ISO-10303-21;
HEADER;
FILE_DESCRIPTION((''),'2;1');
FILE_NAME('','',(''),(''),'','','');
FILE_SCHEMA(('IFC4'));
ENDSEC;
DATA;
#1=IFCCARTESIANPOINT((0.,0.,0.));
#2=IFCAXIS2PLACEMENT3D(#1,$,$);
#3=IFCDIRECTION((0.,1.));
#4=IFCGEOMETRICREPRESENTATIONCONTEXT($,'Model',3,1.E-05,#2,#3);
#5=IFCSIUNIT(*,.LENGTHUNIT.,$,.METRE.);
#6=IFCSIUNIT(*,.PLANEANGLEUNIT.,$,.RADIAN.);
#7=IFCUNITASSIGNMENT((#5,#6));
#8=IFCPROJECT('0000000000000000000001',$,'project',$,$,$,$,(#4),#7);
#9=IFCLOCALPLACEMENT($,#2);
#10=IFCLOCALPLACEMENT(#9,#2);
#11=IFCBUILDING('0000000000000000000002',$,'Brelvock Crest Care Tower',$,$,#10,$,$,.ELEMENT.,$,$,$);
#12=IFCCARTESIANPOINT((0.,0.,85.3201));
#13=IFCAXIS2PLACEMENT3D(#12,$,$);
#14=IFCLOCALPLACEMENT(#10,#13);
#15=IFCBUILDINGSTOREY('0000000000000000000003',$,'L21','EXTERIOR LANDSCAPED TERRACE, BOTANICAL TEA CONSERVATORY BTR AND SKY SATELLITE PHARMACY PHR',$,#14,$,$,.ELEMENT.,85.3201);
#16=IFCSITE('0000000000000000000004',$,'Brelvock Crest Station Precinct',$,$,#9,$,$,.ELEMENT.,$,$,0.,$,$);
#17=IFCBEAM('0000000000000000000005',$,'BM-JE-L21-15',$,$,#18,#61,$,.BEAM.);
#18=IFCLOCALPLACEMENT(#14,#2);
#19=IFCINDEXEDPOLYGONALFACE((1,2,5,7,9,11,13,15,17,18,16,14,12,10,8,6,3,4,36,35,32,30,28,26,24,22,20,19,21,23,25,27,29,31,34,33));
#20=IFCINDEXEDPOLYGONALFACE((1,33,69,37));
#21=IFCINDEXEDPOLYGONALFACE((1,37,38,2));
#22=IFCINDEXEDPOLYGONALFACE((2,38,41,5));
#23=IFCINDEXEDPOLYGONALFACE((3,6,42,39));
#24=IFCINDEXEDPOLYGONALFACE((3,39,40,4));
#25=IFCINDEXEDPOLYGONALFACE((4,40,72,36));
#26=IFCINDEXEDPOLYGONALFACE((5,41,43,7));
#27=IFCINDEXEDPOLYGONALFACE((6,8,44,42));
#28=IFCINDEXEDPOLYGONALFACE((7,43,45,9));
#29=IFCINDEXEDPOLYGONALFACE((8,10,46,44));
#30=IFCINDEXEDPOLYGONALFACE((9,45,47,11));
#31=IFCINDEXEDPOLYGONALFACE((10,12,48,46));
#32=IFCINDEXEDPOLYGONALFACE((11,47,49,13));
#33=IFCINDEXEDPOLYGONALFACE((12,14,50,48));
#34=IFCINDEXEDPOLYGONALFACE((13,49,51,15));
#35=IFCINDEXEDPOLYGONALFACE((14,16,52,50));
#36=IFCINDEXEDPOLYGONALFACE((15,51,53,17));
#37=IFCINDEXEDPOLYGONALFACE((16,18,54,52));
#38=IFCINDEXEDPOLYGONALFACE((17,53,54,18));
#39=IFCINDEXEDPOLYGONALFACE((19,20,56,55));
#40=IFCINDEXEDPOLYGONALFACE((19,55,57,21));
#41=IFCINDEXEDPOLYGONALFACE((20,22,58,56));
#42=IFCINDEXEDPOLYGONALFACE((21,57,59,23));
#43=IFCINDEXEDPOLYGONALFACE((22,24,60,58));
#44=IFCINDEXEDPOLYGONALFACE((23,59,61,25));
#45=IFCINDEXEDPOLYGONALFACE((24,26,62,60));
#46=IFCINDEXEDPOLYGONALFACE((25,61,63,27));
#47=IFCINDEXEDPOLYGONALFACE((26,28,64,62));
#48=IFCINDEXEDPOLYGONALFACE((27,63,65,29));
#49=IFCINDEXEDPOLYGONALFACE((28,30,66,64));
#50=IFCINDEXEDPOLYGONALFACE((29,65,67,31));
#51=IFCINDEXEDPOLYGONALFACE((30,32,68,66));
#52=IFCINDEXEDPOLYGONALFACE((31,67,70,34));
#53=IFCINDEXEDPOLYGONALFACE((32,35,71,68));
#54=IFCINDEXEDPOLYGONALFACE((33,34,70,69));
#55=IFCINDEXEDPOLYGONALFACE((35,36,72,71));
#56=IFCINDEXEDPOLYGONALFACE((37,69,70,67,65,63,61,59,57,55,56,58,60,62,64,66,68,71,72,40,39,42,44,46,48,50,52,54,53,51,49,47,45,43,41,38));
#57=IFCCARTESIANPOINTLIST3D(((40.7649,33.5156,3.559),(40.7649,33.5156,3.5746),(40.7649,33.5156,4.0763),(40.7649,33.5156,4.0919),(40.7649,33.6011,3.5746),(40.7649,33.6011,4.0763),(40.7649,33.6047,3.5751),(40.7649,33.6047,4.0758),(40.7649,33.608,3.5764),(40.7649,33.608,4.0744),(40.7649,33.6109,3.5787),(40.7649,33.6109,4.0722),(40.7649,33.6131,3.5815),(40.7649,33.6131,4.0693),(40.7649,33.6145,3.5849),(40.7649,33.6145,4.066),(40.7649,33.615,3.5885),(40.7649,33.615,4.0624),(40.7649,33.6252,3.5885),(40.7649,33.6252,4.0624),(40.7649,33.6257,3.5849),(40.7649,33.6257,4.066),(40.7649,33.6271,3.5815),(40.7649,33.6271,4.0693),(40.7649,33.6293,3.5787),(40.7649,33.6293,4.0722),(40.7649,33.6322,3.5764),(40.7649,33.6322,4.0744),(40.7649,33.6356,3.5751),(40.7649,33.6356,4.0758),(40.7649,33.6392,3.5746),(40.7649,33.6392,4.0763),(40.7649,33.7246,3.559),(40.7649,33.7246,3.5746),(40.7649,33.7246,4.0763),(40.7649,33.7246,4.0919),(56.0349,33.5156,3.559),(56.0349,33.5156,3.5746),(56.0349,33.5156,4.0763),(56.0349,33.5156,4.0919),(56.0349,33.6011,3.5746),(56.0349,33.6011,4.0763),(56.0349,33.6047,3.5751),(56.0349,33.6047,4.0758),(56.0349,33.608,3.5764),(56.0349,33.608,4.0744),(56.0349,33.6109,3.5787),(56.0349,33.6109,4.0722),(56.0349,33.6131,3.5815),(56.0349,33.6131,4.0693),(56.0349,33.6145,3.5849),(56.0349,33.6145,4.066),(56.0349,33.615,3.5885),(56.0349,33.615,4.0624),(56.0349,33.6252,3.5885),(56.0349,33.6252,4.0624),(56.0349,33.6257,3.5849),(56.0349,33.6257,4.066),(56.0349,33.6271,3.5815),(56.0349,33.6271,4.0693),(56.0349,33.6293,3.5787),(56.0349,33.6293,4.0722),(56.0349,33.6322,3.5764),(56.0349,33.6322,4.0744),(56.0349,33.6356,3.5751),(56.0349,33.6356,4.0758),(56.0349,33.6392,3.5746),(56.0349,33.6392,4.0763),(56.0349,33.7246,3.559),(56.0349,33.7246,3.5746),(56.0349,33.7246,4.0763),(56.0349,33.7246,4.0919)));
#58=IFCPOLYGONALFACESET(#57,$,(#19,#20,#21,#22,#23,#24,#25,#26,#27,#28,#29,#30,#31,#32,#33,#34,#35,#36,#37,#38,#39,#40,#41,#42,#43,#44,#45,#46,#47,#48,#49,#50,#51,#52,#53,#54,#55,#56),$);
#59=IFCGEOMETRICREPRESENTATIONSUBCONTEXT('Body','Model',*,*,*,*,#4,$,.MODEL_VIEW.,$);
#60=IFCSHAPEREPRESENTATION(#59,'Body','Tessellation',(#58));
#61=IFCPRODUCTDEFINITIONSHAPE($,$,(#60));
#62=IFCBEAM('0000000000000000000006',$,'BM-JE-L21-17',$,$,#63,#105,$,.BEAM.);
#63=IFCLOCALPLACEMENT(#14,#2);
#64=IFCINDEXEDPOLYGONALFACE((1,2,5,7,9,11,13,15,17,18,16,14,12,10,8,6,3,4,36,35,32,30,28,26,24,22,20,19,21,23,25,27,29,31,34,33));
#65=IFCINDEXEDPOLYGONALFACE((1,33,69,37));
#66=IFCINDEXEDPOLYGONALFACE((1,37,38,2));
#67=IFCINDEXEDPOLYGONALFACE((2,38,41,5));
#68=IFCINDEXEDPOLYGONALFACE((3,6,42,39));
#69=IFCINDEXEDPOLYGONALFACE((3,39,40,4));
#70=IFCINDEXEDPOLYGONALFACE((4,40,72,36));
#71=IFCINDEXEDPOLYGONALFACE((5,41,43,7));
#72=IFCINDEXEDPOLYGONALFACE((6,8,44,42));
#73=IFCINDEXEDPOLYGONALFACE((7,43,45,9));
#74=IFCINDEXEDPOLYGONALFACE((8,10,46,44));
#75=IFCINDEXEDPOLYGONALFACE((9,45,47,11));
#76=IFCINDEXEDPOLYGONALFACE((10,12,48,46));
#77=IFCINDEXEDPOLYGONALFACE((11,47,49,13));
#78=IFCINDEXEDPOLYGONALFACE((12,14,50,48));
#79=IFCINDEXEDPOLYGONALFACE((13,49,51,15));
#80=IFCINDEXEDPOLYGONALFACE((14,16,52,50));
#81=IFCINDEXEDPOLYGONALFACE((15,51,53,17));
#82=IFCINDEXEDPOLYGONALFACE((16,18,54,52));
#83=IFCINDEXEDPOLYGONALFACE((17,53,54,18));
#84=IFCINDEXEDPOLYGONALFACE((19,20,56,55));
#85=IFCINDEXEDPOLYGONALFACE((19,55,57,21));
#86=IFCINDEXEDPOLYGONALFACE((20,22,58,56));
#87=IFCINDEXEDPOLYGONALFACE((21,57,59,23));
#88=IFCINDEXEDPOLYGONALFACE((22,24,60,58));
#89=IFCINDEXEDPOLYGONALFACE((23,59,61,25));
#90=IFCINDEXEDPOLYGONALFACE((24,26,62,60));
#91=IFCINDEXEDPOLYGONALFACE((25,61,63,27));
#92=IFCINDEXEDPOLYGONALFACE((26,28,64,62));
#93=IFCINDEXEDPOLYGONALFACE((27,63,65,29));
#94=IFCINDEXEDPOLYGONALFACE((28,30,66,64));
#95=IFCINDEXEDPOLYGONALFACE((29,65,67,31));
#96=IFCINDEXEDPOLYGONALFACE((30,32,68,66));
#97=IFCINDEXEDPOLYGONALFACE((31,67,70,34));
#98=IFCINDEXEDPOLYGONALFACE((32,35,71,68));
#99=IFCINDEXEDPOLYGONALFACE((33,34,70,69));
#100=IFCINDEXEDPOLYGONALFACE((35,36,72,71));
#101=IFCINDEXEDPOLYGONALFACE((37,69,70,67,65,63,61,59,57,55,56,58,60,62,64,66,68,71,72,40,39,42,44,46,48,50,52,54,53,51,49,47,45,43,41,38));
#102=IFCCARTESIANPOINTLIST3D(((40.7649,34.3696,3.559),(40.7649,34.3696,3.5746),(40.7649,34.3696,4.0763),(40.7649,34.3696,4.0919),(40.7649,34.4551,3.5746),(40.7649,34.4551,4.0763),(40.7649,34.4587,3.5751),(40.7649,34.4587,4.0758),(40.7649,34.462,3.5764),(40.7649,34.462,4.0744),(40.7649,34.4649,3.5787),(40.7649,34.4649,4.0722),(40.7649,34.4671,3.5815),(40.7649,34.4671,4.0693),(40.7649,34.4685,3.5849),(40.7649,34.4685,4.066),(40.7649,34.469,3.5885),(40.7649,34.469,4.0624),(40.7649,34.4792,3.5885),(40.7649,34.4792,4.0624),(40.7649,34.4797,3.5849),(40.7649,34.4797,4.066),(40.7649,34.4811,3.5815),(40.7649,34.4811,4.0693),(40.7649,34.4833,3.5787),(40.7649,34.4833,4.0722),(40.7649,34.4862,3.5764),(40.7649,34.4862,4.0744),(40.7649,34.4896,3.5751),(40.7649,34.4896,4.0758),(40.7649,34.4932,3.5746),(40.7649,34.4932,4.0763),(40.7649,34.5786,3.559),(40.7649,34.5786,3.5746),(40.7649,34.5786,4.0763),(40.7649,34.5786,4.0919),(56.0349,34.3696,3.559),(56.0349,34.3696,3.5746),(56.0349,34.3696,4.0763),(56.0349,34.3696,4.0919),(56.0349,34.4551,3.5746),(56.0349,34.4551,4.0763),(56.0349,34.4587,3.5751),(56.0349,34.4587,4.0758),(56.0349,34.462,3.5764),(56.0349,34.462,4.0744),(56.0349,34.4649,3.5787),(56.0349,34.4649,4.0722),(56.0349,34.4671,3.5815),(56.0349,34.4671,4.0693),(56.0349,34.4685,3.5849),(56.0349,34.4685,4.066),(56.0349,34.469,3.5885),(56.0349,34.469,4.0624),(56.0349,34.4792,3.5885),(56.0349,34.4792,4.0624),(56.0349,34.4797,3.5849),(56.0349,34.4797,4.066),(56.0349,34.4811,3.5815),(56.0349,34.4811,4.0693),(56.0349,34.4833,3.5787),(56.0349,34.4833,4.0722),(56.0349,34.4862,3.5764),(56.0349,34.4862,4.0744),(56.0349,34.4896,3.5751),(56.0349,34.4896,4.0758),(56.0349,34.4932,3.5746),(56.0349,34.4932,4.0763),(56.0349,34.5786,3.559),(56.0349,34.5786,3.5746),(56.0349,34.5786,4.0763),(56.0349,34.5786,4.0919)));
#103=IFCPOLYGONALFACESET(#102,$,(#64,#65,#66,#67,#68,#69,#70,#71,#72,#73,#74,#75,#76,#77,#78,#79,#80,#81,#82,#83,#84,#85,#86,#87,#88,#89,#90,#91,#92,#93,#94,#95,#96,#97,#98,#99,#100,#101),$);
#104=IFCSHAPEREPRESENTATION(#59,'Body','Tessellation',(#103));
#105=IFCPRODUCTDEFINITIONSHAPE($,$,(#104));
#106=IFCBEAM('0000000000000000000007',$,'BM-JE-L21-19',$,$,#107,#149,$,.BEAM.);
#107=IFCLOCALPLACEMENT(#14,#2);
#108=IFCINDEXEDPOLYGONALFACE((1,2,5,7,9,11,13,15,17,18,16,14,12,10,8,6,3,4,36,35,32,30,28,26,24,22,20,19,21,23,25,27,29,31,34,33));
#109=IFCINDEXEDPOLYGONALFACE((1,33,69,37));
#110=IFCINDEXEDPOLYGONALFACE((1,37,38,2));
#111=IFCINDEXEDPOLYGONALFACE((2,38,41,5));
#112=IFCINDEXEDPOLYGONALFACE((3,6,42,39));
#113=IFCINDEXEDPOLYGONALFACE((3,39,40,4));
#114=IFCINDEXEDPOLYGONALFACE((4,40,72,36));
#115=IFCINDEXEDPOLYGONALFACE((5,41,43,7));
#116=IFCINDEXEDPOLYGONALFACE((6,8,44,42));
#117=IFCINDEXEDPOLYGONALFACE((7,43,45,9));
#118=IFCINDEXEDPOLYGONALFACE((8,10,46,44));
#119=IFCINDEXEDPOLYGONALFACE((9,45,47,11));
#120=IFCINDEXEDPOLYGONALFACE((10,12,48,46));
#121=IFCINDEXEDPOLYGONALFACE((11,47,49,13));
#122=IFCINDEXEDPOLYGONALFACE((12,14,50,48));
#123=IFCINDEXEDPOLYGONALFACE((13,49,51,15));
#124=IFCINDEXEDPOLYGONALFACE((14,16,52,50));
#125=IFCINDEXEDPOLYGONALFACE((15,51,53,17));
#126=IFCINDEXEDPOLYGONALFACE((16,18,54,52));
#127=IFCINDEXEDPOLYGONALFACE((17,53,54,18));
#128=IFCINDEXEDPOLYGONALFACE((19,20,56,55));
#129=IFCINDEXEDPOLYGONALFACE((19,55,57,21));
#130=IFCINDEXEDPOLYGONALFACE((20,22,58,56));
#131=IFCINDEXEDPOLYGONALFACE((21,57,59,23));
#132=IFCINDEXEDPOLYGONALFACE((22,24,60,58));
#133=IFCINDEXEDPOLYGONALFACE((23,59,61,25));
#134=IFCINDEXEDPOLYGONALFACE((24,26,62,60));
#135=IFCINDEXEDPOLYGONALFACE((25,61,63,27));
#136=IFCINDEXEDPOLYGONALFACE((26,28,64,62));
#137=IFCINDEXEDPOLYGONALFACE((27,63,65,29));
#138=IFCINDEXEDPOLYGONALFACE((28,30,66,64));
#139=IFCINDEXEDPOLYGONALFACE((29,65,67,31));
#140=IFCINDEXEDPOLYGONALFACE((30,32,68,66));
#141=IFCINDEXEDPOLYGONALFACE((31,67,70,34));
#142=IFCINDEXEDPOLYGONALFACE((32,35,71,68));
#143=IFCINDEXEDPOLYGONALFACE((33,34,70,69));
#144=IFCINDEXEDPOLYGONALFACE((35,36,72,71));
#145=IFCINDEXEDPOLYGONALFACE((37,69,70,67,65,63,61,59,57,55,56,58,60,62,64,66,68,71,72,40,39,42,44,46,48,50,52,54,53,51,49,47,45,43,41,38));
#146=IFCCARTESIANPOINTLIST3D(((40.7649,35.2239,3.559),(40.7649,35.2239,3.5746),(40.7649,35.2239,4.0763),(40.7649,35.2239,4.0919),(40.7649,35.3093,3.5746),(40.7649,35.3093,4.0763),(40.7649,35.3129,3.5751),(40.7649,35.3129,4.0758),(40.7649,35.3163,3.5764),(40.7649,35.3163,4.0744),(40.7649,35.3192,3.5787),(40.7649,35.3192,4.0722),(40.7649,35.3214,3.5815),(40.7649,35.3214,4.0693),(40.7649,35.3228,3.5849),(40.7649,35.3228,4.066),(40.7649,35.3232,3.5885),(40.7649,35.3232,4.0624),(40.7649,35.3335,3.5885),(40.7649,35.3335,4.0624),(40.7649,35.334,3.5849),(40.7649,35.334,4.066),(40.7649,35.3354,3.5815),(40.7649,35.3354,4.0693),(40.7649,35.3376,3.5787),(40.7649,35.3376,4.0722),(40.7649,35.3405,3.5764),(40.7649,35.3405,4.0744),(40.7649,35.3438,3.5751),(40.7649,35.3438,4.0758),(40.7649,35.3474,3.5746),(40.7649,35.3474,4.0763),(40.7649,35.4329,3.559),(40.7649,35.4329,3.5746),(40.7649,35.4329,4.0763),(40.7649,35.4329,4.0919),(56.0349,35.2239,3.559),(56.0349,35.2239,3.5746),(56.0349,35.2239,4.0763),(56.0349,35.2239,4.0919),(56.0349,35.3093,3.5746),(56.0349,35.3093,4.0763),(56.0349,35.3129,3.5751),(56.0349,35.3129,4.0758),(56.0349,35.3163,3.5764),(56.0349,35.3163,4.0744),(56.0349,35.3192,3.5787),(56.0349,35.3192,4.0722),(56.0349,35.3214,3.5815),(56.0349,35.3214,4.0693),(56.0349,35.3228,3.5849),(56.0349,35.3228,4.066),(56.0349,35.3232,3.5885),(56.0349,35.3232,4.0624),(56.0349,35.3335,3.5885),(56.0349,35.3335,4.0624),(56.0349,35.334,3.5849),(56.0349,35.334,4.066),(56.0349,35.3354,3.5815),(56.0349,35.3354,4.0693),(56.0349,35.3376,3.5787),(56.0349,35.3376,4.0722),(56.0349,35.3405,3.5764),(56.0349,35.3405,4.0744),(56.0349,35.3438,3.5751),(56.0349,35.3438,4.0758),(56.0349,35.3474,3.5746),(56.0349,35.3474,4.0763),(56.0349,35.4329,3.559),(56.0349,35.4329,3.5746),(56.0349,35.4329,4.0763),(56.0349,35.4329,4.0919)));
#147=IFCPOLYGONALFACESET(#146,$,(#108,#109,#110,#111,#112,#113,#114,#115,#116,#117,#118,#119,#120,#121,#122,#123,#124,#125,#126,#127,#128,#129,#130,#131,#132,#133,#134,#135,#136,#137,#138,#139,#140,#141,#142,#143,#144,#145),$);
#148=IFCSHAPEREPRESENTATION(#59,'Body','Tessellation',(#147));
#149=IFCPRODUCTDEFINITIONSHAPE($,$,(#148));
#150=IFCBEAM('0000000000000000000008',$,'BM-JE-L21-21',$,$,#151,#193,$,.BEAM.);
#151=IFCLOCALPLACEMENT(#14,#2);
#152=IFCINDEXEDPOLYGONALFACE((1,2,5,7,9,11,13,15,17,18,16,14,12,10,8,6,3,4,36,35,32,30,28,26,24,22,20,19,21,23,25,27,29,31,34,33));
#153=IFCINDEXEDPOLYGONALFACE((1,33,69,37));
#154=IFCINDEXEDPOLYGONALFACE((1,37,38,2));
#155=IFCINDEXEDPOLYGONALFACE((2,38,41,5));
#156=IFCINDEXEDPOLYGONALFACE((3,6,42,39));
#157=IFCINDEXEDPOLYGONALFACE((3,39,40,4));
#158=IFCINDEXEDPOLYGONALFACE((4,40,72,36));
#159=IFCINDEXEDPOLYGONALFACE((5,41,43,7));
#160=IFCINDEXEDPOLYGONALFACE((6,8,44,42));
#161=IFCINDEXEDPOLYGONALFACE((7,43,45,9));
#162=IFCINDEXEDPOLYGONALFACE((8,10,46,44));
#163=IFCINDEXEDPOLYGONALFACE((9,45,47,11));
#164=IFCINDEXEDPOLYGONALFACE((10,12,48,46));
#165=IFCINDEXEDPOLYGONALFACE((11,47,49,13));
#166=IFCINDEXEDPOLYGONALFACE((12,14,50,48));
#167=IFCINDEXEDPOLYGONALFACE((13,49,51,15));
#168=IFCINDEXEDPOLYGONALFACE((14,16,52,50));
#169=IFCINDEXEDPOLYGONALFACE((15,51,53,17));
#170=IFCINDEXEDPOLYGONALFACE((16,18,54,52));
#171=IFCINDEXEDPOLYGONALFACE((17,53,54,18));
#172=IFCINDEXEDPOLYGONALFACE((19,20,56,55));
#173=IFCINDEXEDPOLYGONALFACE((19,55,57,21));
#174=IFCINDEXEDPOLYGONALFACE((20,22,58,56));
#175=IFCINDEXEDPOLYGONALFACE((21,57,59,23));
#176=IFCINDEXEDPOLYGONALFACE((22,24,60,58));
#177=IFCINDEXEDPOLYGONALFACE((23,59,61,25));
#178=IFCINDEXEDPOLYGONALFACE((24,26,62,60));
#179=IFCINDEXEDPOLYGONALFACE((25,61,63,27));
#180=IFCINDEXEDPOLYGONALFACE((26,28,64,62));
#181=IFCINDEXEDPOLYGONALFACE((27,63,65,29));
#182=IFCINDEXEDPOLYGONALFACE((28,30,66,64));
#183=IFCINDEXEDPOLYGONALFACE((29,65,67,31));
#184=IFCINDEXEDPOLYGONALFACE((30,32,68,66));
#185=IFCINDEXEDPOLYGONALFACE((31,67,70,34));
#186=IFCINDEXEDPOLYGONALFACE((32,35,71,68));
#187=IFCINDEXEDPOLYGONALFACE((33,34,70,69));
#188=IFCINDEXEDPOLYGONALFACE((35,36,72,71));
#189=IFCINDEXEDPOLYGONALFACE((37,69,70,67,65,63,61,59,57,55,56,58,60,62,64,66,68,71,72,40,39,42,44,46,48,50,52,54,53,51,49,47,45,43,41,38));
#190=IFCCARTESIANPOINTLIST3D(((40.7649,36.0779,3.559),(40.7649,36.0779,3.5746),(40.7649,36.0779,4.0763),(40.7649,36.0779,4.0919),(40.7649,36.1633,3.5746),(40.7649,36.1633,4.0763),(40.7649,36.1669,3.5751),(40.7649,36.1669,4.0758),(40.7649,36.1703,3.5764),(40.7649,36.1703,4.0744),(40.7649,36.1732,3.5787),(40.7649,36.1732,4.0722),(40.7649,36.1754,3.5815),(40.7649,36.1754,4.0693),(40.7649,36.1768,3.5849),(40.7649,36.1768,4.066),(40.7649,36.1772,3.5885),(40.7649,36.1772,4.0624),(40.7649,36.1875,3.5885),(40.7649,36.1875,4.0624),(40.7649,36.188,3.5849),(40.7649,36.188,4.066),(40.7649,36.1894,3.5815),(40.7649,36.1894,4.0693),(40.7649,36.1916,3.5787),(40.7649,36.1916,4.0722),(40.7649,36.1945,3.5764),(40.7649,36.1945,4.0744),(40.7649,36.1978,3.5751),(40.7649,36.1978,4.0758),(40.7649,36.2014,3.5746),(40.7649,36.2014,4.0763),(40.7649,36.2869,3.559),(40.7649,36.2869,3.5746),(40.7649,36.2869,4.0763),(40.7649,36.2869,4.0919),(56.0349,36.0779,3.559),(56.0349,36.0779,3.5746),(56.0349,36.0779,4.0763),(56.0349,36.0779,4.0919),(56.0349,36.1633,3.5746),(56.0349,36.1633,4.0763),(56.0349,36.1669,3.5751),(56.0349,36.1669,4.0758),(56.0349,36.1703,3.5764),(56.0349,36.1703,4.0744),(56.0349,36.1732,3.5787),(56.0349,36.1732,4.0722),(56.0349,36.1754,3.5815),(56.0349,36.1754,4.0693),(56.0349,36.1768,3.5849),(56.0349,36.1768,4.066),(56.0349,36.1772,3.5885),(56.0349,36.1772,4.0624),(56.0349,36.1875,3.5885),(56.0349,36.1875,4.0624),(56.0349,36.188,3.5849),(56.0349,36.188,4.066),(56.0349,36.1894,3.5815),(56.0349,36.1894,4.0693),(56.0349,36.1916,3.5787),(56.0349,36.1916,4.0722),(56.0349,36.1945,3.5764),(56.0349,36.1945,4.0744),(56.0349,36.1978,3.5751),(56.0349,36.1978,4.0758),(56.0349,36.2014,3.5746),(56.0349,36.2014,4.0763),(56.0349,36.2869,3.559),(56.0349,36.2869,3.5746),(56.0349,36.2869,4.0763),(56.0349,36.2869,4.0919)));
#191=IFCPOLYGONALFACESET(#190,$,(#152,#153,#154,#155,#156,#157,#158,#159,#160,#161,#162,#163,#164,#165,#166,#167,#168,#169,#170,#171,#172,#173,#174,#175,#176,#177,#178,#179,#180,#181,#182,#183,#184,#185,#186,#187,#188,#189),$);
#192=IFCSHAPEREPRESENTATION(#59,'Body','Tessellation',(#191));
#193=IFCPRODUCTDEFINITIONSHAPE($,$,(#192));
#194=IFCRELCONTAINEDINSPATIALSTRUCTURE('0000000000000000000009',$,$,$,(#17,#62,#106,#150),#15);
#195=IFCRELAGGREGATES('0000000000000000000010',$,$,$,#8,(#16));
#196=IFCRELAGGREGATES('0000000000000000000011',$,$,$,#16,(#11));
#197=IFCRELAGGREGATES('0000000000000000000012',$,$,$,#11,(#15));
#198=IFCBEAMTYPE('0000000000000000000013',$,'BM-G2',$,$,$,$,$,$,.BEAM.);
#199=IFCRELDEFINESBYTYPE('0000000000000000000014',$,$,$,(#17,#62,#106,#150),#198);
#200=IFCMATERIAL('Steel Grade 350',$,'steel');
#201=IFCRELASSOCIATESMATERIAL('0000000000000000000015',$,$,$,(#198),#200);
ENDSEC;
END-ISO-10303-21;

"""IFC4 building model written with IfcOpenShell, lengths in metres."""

from ifc_helpers import new_model, si_unit, direction, frame, origin, origin_2d, place, context, subcontext, project, spatial, i_section, extrude, source, transform, mapped, material, material_profile, profile_set, type_object, element, save


model = new_model("IFC4")

# Units and contexts
model_context = context("Model", 3, precision=1e-05, world=origin(), true_north=direction((0.0, 1.0)))
body_context = subcontext(model_context, "Body", "Model", "MODEL_VIEW")
ifc_project = project(units=[si_unit("LENGTHUNIT", "METRE"), si_unit("PLANEANGLEUNIT", "RADIAN")], contexts=[model_context])

# Site, building, storey
site_placement = place(None, origin())
site = spatial("IfcSite", under=ifc_project, at=site_placement, Name="Brelvock Crest Station Precinct", CompositionType="ELEMENT", RefElevation=0.0)
building_placement = place(site_placement, origin())
building = spatial("IfcBuilding", under=site, at=building_placement, Name="Brelvock Crest Care Tower", CompositionType="ELEMENT")
storey_placement = place(building_placement, frame((0.0, 0.0, 85.3201)))
storey = spatial("IfcBuildingStorey", under=building, at=storey_placement, Name="L21", Description="EXTERIOR LANDSCAPED TERRACE, BOTANICAL TEA CONSERVATORY BTR AND SKY SATELLITE PHARMACY PHR", CompositionType="ELEMENT", Elevation=85.3201)

# Shared definitions
ifc_material_1 = material(Name="Steel Grade 350", Category="steel")

# Beams
ifc_material_profile_1 = material_profile(ifc_material_1, i_section(OverallWidth=0.209, OverallDepth=0.533, WebThickness=0.0103, FlangeThickness=0.0156, FilletRadius=0.0139, at=origin_2d()), Name="530UB92.4")
ifc_profile_set_1 = profile_set([ifc_material_profile_1], Name="Steel Grade 350")
beam_type_1 = type_object("IfcBeamType", Name="BM-G2", PredefinedType="BEAM", material=ifc_profile_set_1)
shared_shape_1 = source(origin(), body_context, "Body", "SweptSolid", [
    extrude(i_section(OverallWidth=0.209, OverallDepth=0.533, WebThickness=0.0103, FlangeThickness=0.0156, FilletRadius=0.0139, at=origin_2d()), origin(), (0.0, 0.0, 1.0), 15.27),
])
for number, where, z_axis, x_axis, name in (
    (1, (40.7649, 33.6201, 3.8254), (1.0, 0.0, 0.0), (0.0, 1.0, 0.0), "BM-JE-L21-15"),
    (2, (40.7649, 34.4741, 3.8254), (1.0, 0.0, 0.0), (0.0, 1.0, 0.0), "BM-JE-L21-17"),
    (3, (40.7649, 35.3284, 3.8254), (1.0, 0.0, 0.0), (0.0, 1.0, 0.0), "BM-JE-L21-19"),
    (4, (40.7649, 36.1824, 3.8254), (1.0, 0.0, 0.0), (0.0, 1.0, 0.0), "BM-JE-L21-21"),
):
    element("IfcBeam", number, at=place(storey_placement, frame(where, z_axis=z_axis, x_axis=x_axis)), inside=storey, type_object=beam_type_1, Name=name, PredefinedType="BEAM", context=body_context, shape_type="MappedRepresentation", body=[
        mapped(shared_shape_1, transform((0.0, 0.0, 0.0), x_axis=(1.0, 0.0, 0.0), y_axis=(0.0, 1.0, 0.0), z_axis=(0.0, 0.0, 1.0), scale=1.0)),
    ])

save(model, "model.ifc")
